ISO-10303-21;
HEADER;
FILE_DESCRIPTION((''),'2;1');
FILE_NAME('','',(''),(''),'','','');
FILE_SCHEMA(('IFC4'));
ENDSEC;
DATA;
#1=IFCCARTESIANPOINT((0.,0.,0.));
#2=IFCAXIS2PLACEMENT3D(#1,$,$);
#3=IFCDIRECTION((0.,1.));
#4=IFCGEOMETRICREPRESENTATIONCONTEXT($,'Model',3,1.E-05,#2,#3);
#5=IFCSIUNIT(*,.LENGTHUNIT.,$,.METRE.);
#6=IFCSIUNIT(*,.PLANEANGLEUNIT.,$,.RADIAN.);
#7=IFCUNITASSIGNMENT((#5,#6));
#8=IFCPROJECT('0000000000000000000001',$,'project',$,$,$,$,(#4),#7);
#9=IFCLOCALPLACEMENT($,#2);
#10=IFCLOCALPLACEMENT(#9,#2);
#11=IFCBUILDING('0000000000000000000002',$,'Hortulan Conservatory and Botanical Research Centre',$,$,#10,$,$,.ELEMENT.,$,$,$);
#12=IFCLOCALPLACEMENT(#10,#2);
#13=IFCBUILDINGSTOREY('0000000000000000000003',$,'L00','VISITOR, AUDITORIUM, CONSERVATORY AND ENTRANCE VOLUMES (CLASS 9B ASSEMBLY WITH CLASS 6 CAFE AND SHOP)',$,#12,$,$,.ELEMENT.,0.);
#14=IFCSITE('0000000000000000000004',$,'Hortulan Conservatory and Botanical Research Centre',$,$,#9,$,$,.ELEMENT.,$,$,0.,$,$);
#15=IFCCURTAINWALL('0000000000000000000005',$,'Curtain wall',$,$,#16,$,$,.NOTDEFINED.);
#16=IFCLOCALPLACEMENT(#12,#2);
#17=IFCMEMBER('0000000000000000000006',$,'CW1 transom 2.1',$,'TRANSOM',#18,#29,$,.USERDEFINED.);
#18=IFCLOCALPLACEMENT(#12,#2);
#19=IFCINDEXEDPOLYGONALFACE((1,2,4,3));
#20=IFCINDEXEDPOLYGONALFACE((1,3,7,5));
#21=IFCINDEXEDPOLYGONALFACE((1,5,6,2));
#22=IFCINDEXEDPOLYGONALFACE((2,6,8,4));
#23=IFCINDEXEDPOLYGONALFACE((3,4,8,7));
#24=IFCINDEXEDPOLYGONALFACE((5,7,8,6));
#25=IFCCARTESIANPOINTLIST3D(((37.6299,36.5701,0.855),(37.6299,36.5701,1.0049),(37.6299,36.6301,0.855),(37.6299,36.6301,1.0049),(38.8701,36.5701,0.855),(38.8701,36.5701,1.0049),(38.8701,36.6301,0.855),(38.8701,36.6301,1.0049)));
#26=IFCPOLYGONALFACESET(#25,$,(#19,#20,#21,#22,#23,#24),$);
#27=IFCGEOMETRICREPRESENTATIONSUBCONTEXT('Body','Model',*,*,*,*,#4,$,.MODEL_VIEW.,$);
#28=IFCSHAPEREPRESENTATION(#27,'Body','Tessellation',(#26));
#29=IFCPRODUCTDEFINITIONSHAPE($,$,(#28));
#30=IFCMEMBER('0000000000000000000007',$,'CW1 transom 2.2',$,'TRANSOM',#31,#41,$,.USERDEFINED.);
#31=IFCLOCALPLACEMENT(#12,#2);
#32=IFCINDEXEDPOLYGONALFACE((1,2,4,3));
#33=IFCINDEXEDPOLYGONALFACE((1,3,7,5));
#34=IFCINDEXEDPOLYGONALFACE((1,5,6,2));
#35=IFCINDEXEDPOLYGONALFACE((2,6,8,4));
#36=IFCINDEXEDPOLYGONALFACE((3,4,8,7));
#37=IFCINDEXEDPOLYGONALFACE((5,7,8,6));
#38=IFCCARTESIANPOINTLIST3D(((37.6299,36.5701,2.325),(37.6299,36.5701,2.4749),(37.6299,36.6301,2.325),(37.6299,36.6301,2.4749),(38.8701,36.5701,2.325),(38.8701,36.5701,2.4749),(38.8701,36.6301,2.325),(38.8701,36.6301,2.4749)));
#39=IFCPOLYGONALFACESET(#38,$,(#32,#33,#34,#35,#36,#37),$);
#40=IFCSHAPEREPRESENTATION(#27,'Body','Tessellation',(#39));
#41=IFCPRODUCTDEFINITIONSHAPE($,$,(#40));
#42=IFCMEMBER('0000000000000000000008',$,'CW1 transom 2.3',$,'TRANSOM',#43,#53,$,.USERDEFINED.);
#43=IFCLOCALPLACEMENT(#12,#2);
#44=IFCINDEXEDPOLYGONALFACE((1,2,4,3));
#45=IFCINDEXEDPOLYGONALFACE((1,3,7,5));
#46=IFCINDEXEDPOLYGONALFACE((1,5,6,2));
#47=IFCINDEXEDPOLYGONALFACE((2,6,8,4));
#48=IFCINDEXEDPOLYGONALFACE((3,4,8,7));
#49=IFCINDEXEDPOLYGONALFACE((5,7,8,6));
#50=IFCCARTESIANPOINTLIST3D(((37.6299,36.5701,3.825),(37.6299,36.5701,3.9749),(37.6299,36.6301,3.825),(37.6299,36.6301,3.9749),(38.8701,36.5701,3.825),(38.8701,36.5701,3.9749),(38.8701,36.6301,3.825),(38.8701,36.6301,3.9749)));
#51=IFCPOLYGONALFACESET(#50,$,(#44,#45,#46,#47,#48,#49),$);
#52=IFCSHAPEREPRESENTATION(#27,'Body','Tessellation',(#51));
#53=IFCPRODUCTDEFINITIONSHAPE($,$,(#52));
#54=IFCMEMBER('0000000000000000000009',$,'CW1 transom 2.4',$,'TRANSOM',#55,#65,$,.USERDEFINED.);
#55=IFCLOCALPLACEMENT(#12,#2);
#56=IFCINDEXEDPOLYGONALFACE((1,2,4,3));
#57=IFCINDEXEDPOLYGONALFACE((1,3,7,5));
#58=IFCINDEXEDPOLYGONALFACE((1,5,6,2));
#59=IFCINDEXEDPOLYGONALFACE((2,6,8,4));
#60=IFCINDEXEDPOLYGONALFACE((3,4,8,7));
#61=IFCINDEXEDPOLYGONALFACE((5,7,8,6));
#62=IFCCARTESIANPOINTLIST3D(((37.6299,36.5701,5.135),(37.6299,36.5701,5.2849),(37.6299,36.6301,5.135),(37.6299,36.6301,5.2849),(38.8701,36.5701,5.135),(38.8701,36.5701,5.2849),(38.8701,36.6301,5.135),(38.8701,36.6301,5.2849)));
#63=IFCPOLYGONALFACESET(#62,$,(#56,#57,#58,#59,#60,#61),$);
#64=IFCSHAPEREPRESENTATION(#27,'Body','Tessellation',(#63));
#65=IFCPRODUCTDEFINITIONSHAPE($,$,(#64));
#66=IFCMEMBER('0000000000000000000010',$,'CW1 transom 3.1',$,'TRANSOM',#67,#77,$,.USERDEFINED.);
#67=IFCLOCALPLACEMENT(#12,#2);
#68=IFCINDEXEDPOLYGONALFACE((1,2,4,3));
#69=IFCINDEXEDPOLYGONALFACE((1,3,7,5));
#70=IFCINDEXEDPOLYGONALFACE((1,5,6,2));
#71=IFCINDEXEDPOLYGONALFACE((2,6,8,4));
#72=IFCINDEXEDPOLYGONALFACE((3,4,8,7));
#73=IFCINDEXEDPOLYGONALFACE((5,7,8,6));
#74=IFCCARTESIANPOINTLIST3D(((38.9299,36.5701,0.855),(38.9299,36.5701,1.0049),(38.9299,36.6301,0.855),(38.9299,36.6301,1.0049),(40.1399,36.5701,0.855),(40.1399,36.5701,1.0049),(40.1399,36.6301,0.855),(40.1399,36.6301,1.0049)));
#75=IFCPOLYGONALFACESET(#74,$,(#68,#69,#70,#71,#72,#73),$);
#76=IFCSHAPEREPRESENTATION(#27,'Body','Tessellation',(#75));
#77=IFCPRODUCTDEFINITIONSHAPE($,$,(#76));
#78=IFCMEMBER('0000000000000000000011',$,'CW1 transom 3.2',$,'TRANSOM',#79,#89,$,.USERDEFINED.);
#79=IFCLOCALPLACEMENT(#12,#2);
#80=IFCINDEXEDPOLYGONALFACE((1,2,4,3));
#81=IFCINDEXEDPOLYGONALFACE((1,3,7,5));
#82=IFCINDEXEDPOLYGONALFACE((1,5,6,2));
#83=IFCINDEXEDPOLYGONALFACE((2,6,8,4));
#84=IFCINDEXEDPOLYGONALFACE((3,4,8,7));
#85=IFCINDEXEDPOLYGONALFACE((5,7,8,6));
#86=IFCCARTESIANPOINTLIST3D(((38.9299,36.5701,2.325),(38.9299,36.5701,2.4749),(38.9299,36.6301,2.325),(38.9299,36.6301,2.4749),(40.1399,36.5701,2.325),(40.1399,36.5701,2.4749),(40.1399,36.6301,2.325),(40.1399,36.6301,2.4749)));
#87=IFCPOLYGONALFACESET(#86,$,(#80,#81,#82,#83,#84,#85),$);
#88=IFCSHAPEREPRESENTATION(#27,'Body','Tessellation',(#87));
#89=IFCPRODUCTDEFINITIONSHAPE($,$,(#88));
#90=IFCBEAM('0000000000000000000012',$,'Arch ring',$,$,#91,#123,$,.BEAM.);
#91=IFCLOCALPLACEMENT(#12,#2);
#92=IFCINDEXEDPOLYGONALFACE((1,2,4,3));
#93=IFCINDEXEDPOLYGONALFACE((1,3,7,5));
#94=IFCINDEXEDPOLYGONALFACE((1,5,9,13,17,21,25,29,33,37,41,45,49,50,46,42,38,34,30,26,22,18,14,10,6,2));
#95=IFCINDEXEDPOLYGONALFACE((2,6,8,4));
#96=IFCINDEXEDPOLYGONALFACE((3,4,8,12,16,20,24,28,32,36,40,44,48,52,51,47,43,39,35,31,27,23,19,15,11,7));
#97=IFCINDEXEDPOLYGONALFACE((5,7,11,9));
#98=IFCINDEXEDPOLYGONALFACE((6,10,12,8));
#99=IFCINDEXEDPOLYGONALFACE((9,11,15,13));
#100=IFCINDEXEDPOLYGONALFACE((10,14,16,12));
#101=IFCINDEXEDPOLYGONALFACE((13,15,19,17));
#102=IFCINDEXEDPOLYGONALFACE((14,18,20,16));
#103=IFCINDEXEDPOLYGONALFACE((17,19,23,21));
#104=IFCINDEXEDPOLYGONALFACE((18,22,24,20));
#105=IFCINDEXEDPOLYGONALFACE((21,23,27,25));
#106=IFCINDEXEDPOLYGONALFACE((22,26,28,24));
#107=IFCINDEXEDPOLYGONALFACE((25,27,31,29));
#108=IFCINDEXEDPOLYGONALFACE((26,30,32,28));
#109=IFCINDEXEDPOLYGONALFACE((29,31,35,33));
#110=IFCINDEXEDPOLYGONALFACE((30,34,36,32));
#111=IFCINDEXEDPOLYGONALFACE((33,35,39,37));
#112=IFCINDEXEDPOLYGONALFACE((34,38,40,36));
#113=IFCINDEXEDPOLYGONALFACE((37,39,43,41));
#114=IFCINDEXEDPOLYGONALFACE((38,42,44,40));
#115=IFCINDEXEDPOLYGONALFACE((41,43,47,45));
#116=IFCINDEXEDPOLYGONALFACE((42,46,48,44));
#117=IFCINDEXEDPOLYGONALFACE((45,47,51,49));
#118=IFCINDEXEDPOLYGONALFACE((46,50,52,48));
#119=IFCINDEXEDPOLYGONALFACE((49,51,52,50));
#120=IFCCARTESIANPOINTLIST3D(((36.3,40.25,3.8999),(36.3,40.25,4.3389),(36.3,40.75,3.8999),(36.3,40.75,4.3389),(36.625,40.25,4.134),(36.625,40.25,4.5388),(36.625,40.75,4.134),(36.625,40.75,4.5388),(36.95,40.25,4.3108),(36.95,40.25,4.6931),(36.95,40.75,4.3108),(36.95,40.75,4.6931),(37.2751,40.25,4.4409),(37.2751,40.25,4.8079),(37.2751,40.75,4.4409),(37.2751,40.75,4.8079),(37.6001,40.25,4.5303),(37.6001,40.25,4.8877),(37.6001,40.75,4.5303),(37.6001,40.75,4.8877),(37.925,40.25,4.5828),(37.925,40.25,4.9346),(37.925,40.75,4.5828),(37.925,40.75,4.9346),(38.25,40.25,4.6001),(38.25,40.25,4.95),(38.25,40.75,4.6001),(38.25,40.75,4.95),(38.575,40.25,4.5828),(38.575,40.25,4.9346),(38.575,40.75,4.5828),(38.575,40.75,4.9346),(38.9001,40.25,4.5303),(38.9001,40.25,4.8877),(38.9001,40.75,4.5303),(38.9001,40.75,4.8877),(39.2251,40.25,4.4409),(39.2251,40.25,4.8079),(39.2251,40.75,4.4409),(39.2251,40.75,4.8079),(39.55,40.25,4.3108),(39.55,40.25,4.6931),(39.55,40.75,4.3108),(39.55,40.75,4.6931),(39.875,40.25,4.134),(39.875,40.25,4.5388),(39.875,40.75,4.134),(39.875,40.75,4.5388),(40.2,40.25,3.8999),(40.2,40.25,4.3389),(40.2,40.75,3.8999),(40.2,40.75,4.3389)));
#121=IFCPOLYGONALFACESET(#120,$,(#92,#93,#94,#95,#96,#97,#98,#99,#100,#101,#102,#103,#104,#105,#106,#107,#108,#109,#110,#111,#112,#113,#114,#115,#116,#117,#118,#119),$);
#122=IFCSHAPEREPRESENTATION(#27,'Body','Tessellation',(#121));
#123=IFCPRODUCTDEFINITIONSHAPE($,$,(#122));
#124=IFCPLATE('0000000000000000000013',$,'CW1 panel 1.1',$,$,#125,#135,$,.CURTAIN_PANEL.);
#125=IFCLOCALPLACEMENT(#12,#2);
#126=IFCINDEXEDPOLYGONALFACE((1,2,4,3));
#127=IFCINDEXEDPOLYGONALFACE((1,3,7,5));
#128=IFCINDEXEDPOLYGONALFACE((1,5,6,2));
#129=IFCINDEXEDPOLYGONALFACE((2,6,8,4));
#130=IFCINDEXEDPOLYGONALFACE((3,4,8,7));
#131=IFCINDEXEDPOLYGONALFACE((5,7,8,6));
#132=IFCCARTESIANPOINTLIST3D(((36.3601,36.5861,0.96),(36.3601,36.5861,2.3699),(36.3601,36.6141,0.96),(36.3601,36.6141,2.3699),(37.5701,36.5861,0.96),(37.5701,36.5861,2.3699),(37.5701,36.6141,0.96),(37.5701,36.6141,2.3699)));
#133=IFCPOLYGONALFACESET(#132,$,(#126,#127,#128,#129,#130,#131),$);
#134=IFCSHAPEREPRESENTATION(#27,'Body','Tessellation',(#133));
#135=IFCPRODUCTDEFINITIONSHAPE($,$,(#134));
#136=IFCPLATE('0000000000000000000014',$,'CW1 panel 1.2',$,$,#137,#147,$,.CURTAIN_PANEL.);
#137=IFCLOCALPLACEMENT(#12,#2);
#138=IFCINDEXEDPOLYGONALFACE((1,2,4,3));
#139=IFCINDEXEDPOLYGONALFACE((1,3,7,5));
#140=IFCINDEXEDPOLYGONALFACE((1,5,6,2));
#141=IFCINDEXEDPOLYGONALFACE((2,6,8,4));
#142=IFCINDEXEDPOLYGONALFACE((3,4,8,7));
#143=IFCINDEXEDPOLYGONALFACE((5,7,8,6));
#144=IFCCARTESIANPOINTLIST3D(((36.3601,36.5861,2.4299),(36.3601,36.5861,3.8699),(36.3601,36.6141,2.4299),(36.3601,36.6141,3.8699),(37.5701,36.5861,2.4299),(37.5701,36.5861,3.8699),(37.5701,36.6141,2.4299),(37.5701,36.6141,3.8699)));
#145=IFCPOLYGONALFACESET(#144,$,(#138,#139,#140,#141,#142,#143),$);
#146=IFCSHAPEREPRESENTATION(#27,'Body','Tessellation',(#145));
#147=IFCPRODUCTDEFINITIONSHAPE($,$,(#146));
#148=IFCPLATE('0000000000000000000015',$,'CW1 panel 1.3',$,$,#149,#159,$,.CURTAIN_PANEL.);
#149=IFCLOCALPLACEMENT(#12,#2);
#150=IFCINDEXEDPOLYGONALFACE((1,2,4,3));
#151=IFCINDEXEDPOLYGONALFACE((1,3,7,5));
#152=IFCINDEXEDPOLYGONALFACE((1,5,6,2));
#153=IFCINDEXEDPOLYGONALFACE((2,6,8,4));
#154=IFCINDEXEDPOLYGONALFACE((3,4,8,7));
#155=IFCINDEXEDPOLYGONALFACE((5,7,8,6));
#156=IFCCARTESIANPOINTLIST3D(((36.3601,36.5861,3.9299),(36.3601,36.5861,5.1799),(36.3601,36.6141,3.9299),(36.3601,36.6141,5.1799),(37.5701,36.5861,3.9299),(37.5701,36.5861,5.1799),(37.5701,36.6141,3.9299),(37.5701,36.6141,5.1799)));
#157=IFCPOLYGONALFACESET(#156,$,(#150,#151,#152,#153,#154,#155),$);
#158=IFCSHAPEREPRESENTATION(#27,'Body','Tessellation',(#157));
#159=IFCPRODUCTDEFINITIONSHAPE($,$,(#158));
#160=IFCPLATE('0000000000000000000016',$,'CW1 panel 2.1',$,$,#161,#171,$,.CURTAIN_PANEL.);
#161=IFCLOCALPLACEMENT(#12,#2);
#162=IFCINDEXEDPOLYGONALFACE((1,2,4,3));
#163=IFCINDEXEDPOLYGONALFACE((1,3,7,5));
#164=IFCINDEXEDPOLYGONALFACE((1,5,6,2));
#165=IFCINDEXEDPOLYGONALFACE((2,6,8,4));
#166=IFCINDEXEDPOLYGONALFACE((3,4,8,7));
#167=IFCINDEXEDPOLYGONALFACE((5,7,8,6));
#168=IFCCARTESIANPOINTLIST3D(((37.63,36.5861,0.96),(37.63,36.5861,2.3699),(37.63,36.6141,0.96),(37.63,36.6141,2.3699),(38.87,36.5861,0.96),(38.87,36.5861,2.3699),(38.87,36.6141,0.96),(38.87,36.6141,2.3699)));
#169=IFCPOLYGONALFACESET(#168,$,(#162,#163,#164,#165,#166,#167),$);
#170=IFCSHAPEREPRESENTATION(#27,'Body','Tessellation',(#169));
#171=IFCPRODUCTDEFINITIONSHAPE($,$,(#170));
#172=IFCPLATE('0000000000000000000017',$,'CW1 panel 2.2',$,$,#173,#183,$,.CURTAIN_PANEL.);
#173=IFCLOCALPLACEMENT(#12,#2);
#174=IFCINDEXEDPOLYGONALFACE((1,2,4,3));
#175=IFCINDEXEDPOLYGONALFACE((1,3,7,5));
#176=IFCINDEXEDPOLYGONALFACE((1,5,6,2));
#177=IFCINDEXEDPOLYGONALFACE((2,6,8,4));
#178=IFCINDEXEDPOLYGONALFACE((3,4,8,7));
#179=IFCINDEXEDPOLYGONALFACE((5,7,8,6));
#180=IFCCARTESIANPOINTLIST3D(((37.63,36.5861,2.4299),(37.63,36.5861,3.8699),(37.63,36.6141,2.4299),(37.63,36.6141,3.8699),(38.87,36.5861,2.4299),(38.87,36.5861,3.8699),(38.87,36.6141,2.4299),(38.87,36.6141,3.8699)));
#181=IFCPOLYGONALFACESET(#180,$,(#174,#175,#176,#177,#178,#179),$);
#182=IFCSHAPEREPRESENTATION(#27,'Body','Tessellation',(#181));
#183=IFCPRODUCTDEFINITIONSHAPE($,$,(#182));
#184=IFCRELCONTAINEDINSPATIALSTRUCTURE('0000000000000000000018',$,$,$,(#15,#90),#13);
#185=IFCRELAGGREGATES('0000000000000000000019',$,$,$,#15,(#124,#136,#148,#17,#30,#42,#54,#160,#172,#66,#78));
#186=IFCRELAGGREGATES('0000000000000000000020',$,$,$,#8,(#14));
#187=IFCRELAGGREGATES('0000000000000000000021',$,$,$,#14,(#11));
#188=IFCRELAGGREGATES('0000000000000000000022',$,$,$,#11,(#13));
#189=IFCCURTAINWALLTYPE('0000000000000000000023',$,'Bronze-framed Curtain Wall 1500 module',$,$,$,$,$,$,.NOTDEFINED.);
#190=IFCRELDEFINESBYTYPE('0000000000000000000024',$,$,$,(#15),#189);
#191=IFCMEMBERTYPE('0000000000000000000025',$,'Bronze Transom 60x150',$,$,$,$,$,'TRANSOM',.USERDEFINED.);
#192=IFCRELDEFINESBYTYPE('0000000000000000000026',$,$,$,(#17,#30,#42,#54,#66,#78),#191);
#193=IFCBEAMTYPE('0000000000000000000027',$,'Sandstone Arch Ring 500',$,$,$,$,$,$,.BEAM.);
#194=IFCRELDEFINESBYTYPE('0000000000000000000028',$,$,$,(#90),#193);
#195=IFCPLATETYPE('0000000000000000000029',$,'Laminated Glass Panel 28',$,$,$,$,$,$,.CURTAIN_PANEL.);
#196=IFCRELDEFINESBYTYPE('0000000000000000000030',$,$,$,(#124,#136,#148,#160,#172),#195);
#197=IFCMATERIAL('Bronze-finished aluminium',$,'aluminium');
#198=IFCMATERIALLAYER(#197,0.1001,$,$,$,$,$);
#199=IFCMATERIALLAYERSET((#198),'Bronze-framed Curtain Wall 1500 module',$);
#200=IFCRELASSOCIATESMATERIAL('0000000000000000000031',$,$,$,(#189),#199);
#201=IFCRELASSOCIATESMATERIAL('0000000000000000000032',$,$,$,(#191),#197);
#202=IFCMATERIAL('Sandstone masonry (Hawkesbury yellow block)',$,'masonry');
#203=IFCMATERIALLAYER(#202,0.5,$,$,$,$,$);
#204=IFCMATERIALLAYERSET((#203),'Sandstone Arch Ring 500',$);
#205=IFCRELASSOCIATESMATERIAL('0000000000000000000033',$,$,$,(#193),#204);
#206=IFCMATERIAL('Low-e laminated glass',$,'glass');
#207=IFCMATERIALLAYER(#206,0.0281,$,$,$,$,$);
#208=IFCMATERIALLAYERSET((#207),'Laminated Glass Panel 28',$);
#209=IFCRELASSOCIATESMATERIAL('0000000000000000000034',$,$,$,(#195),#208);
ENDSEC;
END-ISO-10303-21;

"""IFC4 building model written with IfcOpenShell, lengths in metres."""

from ifc_helpers import new_model, si_unit, direction, frame, origin, origin_2d, place, context, subcontext, project, spatial, polyline, rectangle, outline, extrude, material, layer, layer_set, material_profile, profile_set, type_object, element, aggregate, save


model = new_model("IFC4")

# Units and contexts
model_context = context("Model", 3, precision=1e-05, world=origin(), true_north=direction((0.0, 1.0)))
body_context = subcontext(model_context, "Body", "Model", "MODEL_VIEW")
ifc_project = project(units=[si_unit("LENGTHUNIT", "METRE"), si_unit("PLANEANGLEUNIT", "RADIAN")], contexts=[model_context])

# Site, building, storey
site_placement = place(None, origin())
site = spatial("IfcSite", under=ifc_project, at=site_placement, Name="Hortulan Conservatory and Botanical Research Centre", CompositionType="ELEMENT", RefElevation=0.0)
building_placement = place(site_placement, origin())
building = spatial("IfcBuilding", under=site, at=building_placement, Name="Hortulan Conservatory and Botanical Research Centre", CompositionType="ELEMENT")
storey_placement = place(building_placement, origin())
storey = spatial("IfcBuildingStorey", under=building, at=storey_placement, Name="L00", Description="VISITOR, AUDITORIUM, CONSERVATORY AND ENTRANCE VOLUMES (CLASS 9B ASSEMBLY WITH CLASS 6 CAFE AND SHOP)", CompositionType="ELEMENT", Elevation=0.0)

# Curtain wall, members
ifc_material_1 = material(Name="Bronze-finished aluminium", Category="aluminium")
ifc_layer_1 = layer(ifc_material_1, 0.1001)
ifc_layer_set_1 = layer_set([ifc_layer_1], Name="Bronze-framed Curtain Wall 1500 module")
curtain_wall_type = type_object("IfcCurtainWallType", Name="Bronze-framed Curtain Wall 1500 module", PredefinedType="NOTDEFINED", material=ifc_layer_set_1)
curtain_wall_placement = place(storey_placement, origin())
curtain_wall = element("IfcCurtainWall", 1, at=curtain_wall_placement, inside=storey, type_object=curtain_wall_type, Name="Curtain wall", PredefinedType="NOTDEFINED")
ifc_material_profile_1 = material_profile(ifc_material_1, rectangle(XDim=0.0601, YDim=0.1499, at=origin_2d()), Name="Bronze Transom 60x150")
ifc_profile_set_1 = profile_set([ifc_material_profile_1], Name="Bronze-finished aluminium")
member_type_1 = type_object("IfcMemberType", Name="Bronze Transom 60x150", ElementType="TRANSOM", PredefinedType="USERDEFINED", material=ifc_profile_set_1)
member_1_placement = place(storey_placement, frame((37.6299, 36.6001, 0.9299), z_axis=(1.0, 0.0, 0.0), x_axis=(0.0, 1.0, 0.0)))
member_1 = element("IfcMember", 2, at=member_1_placement, type_object=member_type_1, Name="CW1 transom 2.1", ObjectType="TRANSOM", PredefinedType="USERDEFINED", context=body_context, shape_type="SweptSolid", body=[
    extrude(rectangle(XDim=0.0601, YDim=0.1499, at=origin_2d()), origin(), (0.0, 0.0, 1.0), 1.2402),
])
member_2_placement = place(storey_placement, frame((37.6299, 36.6001, 2.3999), z_axis=(1.0, 0.0, 0.0), x_axis=(0.0, 1.0, 0.0)))
member_2 = element("IfcMember", 3, at=member_2_placement, type_object=member_type_1, Name="CW1 transom 2.2", ObjectType="TRANSOM", PredefinedType="USERDEFINED", context=body_context, shape_type="SweptSolid", body=[
    extrude(rectangle(XDim=0.0601, YDim=0.1499, at=origin_2d()), origin(), (0.0, 0.0, 1.0), 1.2402),
])
member_3_placement = place(storey_placement, frame((37.6299, 36.6001, 3.8999), z_axis=(1.0, 0.0, 0.0), x_axis=(0.0, 1.0, 0.0)))
member_3 = element("IfcMember", 4, at=member_3_placement, type_object=member_type_1, Name="CW1 transom 2.3", ObjectType="TRANSOM", PredefinedType="USERDEFINED", context=body_context, shape_type="SweptSolid", body=[
    extrude(rectangle(XDim=0.0601, YDim=0.1499, at=origin_2d()), origin(), (0.0, 0.0, 1.0), 1.2402),
])
member_4_placement = place(storey_placement, frame((37.6299, 36.6001, 5.21), z_axis=(1.0, 0.0, 0.0), x_axis=(0.0, 1.0, 0.0)))
member_4 = element("IfcMember", 5, at=member_4_placement, type_object=member_type_1, Name="CW1 transom 2.4", ObjectType="TRANSOM", PredefinedType="USERDEFINED", context=body_context, shape_type="SweptSolid", body=[
    extrude(rectangle(XDim=0.0601, YDim=0.1499, at=origin_2d()), origin(), (0.0, 0.0, 1.0), 1.2402),
])
member_5_placement = place(storey_placement, frame((38.9299, 36.6001, 0.9299), z_axis=(1.0, 0.0, 0.0), x_axis=(0.0, 1.0, 0.0)))
member_5 = element("IfcMember", 6, at=member_5_placement, type_object=member_type_1, Name="CW1 transom 3.1", ObjectType="TRANSOM", PredefinedType="USERDEFINED", context=body_context, shape_type="SweptSolid", body=[
    extrude(rectangle(XDim=0.0601, YDim=0.1499, at=origin_2d()), origin(), (0.0, 0.0, 1.0), 1.21),
])
member_6_placement = place(storey_placement, frame((38.9299, 36.6001, 2.3999), z_axis=(1.0, 0.0, 0.0), x_axis=(0.0, 1.0, 0.0)))
member_6 = element("IfcMember", 7, at=member_6_placement, type_object=member_type_1, Name="CW1 transom 3.2", ObjectType="TRANSOM", PredefinedType="USERDEFINED", context=body_context, shape_type="SweptSolid", body=[
    extrude(rectangle(XDim=0.0601, YDim=0.1499, at=origin_2d()), origin(), (0.0, 0.0, 1.0), 1.21),
])

# Beam
ifc_material_2 = material(Name="Sandstone masonry (Hawkesbury yellow block)", Category="masonry")
ifc_layer_2 = layer(ifc_material_2, 0.5)
ifc_layer_set_2 = layer_set([ifc_layer_2], Name="Sandstone Arch Ring 500")
beam_type_1 = type_object("IfcBeamType", Name="Sandstone Arch Ring 500", PredefinedType="BEAM", material=ifc_layer_set_2)
beam_1_placement = place(storey_placement, frame((36.3, 40.5, 3.8999), z_axis=(0.0, 0.0, 1.0), x_axis=(1.0, 0.0, 0.0)))
element("IfcBeam", 8, at=beam_1_placement, inside=storey, type_object=beam_type_1, Name="Arch ring", PredefinedType="BEAM", context=body_context, shape_type="SweptSolid", body=[
    extrude(outline(polyline([(0.0, 0.0), (0.325, 0.2341), (0.6499, 0.4109), (0.9751, 0.541), (1.3, 0.6304), (1.625, 0.6829), (1.95, 0.7002), (2.2749, 0.6829), (2.6001, 0.6304), (2.925, 0.541), (3.25, 0.4109), (3.575, 0.2341), (3.8999, 0.0), (3.8999, 0.439), (3.575, 0.6389), (3.25, 0.7932), (2.925, 0.908), (2.6001, 0.9878), (2.2749, 1.0347), (1.95, 1.05), (1.625, 1.0347), (1.3, 0.9878), (0.9751, 0.908), (0.6499, 0.7932), (0.325, 0.6389), (0.0, 0.439), (0.0, 0.0)])), frame((0.0, 0.25, 0.0), z_axis=(0.0, -1.0, 0.0), x_axis=(1.0, 0.0, 0.0)), (0.0, 0.0, 1.0), 0.5),
])

# Plates
ifc_material_3 = material(Name="Low-e laminated glass", Category="glass")
ifc_layer_3 = layer(ifc_material_3, 0.0281)
ifc_layer_set_3 = layer_set([ifc_layer_3], Name="Laminated Glass Panel 28")
plate_type = type_object("IfcPlateType", Name="Laminated Glass Panel 28", PredefinedType="CURTAIN_PANEL", material=ifc_layer_set_3)
plate_1_placement = place(storey_placement, frame((36.9651, 36.6001, 0.96), z_axis=(0.0, 0.0, 1.0), x_axis=(1.0, 0.0, 0.0)))
plate_1 = element("IfcPlate", 9, at=plate_1_placement, type_object=plate_type, Name="CW1 panel 1.1", PredefinedType="CURTAIN_PANEL", context=body_context, shape_type="SweptSolid", body=[
    extrude(rectangle(XDim=1.21, YDim=0.0281, at=origin_2d()), origin(), (0.0, 0.0, 1.0), 1.4099),
])
plate_2_placement = place(storey_placement, frame((36.9651, 36.6001, 2.4299), z_axis=(0.0, 0.0, 1.0), x_axis=(1.0, 0.0, 0.0)))
plate_2 = element("IfcPlate", 10, at=plate_2_placement, type_object=plate_type, Name="CW1 panel 1.2", PredefinedType="CURTAIN_PANEL", context=body_context, shape_type="SweptSolid", body=[
    extrude(rectangle(XDim=1.21, YDim=0.0281, at=origin_2d()), origin(), (0.0, 0.0, 1.0), 1.4399),
])
plate_3_placement = place(storey_placement, frame((36.9651, 36.6001, 3.9299), z_axis=(0.0, 0.0, 1.0), x_axis=(1.0, 0.0, 0.0)))
plate_3 = element("IfcPlate", 11, at=plate_3_placement, type_object=plate_type, Name="CW1 panel 1.3", PredefinedType="CURTAIN_PANEL", context=body_context, shape_type="SweptSolid", body=[
    extrude(rectangle(XDim=1.21, YDim=0.0281, at=origin_2d()), origin(), (0.0, 0.0, 1.0), 1.25),
])
plate_4_placement = place(storey_placement, frame((38.25, 36.6001, 0.96), z_axis=(0.0, 0.0, 1.0), x_axis=(1.0, 0.0, 0.0)))
plate_4 = element("IfcPlate", 12, at=plate_4_placement, type_object=plate_type, Name="CW1 panel 2.1", PredefinedType="CURTAIN_PANEL", context=body_context, shape_type="SweptSolid", body=[
    extrude(rectangle(XDim=1.24, YDim=0.0281, at=origin_2d()), origin(), (0.0, 0.0, 1.0), 1.4099),
])
plate_5_placement = place(storey_placement, frame((38.25, 36.6001, 2.4299), z_axis=(0.0, 0.0, 1.0), x_axis=(1.0, 0.0, 0.0)))
plate_5 = element("IfcPlate", 13, at=plate_5_placement, type_object=plate_type, Name="CW1 panel 2.2", PredefinedType="CURTAIN_PANEL", context=body_context, shape_type="SweptSolid", body=[
    extrude(rectangle(XDim=1.24, YDim=0.0281, at=origin_2d()), origin(), (0.0, 0.0, 1.0), 1.4399),
])
aggregate(curtain_wall, [plate_1, plate_2, plate_3, member_1, member_2, member_3, member_4, plate_4, plate_5, member_5, member_6])

save(model, "model.ifc")
